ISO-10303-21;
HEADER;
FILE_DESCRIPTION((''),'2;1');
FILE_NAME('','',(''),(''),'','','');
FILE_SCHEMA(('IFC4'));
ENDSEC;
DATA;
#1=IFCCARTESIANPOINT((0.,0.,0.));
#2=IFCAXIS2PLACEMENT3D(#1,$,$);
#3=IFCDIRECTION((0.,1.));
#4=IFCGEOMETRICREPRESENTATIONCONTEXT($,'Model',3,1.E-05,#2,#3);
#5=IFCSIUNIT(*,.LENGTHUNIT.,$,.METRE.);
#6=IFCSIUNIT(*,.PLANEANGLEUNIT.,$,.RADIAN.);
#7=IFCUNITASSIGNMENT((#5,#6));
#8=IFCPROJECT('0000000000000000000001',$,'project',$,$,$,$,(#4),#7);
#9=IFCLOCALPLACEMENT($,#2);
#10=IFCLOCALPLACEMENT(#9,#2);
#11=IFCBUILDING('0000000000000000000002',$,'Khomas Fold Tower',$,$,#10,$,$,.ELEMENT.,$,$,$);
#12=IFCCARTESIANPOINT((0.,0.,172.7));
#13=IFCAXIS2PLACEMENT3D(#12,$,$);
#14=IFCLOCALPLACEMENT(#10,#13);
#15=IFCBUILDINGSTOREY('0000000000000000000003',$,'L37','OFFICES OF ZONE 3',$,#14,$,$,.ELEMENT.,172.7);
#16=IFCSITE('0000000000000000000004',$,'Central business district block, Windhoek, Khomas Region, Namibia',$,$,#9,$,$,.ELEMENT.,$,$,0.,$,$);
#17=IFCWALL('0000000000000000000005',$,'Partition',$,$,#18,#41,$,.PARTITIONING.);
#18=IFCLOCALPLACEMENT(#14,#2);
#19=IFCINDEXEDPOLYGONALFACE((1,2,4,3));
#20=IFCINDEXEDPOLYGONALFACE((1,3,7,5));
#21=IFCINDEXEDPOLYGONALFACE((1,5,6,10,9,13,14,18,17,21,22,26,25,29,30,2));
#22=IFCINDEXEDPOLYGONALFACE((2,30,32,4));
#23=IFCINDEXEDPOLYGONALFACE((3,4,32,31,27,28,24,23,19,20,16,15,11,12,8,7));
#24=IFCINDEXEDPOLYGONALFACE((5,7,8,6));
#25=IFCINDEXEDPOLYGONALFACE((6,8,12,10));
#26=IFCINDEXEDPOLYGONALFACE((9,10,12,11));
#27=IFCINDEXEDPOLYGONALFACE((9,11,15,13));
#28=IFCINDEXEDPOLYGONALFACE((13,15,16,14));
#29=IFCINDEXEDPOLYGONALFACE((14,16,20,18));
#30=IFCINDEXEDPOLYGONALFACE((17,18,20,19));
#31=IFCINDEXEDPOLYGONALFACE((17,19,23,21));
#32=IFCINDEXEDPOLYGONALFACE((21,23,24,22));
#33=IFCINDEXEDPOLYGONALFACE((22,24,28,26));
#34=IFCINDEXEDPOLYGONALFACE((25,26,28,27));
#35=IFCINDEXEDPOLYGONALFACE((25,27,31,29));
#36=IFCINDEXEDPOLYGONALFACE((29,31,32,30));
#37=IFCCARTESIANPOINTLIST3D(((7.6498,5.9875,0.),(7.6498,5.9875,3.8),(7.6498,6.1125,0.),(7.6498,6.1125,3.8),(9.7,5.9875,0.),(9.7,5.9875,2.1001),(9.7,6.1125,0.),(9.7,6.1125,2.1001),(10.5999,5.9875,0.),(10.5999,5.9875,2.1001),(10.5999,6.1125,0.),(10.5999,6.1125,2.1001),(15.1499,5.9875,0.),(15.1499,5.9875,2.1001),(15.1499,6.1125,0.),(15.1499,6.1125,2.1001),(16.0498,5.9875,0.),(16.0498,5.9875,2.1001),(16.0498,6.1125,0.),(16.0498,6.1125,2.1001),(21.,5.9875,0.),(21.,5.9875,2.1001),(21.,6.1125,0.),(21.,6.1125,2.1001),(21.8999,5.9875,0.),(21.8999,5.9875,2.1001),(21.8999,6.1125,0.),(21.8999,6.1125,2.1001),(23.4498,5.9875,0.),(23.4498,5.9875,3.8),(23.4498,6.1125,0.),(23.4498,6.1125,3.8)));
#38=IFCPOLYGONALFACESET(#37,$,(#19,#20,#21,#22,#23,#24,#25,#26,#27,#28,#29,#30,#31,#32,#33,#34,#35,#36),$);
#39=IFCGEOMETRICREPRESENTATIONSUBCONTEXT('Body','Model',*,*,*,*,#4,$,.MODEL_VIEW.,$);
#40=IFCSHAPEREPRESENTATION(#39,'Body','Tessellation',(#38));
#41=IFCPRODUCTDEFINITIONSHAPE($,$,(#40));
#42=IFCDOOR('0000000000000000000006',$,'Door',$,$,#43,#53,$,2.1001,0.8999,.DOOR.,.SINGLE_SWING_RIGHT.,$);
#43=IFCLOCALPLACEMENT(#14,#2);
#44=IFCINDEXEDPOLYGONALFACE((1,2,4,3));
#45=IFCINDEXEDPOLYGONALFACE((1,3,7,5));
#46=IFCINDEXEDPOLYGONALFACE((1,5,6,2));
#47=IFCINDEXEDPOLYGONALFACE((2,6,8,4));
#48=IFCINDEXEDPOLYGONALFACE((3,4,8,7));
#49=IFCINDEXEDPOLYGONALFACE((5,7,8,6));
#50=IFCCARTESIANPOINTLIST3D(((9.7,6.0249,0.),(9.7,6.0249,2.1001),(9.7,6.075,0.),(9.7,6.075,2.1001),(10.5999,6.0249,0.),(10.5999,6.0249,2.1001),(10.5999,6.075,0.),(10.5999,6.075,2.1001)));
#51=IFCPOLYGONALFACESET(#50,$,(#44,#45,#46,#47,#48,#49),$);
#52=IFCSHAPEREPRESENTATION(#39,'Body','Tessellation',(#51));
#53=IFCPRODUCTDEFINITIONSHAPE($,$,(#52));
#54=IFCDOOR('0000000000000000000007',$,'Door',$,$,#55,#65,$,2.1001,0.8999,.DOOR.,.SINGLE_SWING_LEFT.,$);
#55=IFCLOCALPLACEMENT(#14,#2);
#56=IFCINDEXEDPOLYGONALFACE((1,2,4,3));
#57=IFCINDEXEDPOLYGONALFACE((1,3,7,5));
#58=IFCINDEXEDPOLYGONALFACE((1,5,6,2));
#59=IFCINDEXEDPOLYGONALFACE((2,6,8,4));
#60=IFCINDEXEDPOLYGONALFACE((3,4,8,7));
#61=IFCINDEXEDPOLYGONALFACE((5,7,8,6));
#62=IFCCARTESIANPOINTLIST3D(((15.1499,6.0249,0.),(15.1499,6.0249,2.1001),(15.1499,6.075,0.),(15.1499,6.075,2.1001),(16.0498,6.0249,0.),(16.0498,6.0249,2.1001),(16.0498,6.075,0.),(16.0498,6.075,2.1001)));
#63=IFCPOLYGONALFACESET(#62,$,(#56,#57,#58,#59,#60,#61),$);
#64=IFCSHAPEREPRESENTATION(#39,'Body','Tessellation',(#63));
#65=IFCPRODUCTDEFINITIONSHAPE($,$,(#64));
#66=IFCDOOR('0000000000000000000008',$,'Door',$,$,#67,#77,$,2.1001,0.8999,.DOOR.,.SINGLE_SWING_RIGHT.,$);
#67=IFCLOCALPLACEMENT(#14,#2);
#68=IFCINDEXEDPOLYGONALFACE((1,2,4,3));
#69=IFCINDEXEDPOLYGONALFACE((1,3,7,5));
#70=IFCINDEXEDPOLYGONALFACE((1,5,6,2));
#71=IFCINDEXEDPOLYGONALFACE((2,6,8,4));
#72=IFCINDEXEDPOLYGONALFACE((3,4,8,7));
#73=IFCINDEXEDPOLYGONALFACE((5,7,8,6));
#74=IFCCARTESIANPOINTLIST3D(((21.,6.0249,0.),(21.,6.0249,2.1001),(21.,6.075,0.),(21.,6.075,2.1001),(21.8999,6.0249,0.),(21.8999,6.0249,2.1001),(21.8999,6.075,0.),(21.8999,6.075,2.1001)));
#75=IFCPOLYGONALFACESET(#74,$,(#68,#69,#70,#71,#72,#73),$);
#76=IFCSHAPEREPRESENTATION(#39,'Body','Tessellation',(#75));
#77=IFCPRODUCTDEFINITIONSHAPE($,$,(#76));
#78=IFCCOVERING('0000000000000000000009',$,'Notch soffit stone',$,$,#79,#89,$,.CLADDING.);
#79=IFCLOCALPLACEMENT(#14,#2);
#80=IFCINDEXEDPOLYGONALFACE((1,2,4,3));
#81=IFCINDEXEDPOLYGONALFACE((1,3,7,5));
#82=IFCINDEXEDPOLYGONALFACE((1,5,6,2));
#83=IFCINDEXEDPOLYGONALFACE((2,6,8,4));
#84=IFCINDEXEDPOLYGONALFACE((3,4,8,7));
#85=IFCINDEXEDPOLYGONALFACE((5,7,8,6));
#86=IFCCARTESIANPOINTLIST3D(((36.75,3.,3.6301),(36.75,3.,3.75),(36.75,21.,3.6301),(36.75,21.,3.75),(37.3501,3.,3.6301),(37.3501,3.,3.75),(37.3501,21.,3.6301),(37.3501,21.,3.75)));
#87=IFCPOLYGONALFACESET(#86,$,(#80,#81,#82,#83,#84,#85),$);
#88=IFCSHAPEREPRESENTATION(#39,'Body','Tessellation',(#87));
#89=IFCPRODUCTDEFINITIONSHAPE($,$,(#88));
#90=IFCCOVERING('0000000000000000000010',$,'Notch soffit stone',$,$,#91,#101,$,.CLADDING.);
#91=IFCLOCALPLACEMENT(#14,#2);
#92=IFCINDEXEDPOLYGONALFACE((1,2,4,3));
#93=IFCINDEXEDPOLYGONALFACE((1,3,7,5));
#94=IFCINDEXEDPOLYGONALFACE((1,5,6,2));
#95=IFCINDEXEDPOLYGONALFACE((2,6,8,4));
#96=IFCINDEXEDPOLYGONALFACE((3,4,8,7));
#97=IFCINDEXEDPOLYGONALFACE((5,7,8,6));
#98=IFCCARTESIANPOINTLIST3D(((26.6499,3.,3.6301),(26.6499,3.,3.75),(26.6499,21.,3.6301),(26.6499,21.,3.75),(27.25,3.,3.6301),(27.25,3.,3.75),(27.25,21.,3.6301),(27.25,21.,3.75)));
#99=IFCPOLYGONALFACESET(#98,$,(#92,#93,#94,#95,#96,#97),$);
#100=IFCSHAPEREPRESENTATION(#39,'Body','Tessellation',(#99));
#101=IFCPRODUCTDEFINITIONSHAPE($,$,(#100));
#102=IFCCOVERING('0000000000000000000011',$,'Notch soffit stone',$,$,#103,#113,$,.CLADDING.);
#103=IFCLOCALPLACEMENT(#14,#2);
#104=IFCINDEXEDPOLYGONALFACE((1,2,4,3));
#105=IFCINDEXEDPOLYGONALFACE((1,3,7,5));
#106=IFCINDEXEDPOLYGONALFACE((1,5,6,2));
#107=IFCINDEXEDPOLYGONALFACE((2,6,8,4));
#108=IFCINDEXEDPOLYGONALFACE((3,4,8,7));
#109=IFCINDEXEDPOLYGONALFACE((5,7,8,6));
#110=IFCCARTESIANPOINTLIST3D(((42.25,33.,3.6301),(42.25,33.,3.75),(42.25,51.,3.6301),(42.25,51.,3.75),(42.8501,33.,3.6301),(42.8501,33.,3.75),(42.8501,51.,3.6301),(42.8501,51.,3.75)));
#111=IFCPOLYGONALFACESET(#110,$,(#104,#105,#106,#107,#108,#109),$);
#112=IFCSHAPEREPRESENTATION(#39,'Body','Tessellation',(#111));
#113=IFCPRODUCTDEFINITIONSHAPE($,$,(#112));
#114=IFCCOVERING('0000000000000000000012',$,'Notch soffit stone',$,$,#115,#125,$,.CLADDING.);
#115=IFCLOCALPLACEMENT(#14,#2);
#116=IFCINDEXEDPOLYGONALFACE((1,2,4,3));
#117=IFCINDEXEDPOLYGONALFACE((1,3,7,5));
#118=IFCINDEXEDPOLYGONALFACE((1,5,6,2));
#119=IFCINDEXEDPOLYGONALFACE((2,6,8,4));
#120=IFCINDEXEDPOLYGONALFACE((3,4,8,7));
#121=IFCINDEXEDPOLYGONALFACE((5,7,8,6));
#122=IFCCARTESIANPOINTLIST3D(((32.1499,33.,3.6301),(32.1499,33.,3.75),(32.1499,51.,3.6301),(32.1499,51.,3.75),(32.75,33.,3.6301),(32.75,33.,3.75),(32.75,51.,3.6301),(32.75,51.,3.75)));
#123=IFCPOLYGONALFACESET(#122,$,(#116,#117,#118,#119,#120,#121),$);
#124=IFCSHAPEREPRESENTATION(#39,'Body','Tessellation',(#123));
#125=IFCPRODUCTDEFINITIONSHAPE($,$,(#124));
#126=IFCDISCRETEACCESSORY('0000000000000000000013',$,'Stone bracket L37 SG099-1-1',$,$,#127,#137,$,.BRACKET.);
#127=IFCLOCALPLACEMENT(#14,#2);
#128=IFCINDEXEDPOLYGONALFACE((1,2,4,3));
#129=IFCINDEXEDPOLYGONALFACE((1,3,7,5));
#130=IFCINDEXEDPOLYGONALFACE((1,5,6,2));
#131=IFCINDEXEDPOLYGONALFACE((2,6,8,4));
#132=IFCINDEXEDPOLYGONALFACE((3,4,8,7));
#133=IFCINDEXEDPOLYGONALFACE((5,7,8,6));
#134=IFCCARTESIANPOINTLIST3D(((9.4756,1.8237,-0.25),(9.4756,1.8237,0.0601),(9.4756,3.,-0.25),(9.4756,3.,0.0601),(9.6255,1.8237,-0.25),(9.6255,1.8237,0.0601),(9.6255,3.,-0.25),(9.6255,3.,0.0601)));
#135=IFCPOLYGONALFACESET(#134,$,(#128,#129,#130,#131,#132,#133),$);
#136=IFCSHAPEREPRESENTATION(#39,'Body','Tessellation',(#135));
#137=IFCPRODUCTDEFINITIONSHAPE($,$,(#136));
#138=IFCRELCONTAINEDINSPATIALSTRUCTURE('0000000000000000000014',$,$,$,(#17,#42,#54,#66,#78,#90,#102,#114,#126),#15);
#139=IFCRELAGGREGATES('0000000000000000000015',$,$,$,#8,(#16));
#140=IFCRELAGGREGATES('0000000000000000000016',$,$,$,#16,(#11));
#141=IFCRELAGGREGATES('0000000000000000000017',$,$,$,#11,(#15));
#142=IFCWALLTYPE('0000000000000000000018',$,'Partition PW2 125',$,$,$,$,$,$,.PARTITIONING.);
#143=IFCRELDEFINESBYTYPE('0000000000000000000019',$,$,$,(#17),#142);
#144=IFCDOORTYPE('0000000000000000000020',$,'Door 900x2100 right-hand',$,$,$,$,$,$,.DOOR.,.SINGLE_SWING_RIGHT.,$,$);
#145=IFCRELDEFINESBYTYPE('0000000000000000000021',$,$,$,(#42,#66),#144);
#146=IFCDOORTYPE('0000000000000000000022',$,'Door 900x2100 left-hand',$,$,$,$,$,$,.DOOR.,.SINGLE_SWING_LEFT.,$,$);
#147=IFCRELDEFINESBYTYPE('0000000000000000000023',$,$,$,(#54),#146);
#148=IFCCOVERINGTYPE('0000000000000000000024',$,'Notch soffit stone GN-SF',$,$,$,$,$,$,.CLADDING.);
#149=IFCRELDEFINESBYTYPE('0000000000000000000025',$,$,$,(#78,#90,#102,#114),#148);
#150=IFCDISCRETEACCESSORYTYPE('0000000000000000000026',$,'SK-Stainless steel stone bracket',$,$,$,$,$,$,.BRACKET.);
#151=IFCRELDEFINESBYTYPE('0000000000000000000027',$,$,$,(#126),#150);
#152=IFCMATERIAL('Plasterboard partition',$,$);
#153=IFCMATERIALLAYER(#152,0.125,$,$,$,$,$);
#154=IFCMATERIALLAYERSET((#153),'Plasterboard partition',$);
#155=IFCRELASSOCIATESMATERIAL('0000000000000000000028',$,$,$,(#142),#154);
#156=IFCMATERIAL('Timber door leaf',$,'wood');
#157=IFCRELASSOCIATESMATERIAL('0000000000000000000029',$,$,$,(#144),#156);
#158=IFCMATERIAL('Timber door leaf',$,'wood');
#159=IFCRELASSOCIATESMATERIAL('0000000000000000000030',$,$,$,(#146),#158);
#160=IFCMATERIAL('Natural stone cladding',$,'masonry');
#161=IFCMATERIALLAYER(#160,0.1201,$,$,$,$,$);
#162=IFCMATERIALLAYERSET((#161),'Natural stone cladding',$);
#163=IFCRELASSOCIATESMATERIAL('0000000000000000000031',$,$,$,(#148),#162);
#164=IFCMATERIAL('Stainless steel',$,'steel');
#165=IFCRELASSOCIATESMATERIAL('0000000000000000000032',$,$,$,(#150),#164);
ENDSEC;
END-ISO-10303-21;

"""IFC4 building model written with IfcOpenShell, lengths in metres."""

from ifc_helpers import new_model, si_unit, direction, frame, frame_2d, origin, origin_2d, place, context, subcontext, project, spatial, polyline, rectangle, outline, extrude, source, transform, mapped, material, layer, layer_set, type_object, element, fill, save


model = new_model("IFC4")

# Units and contexts
model_context = context("Model", 3, precision=1e-05, world=origin(), true_north=direction((0.0, 1.0)))
body_context = subcontext(model_context, "Body", "Model", "MODEL_VIEW")
ifc_project = project(units=[si_unit("LENGTHUNIT", "METRE"), si_unit("PLANEANGLEUNIT", "RADIAN")], contexts=[model_context])

# Site, building, storey
site_placement = place(None, origin())
site = spatial("IfcSite", under=ifc_project, at=site_placement, Name="Central business district block, Windhoek, Khomas Region, Namibia", CompositionType="ELEMENT", RefElevation=0.0)
building_placement = place(site_placement, origin())
building = spatial("IfcBuilding", under=site, at=building_placement, Name="Khomas Fold Tower", CompositionType="ELEMENT")
storey_placement = place(building_placement, frame((0.0, 0.0, 172.7)))
storey = spatial("IfcBuildingStorey", under=building, at=storey_placement, Name="L37", Description="OFFICES OF ZONE 3", CompositionType="ELEMENT", Elevation=172.7)

# Wall, openings, doors
ifc_material_1 = material(Name="Plasterboard partition")
ifc_layer_1 = layer(ifc_material_1, 0.125)
ifc_layer_set_1 = layer_set([ifc_layer_1], Name="Plasterboard partition")
wall_type_1 = type_object("IfcWallType", Name="Partition PW2 125", PredefinedType="PARTITIONING", material=ifc_layer_set_1)
shared_shape_1 = source(origin(), body_context, "Body", "SweptSolid", [
    extrude(rectangle(XDim=15.8, YDim=0.125, at=frame_2d((7.8999, 0.0))), origin(), (0.0, 0.0, 1.0), 3.8),
])
wall_1_placement = place(storey_placement, frame((7.6499, 6.05, 0.0), z_axis=(0.0, 0.0, 1.0), x_axis=(1.0, 0.0, 0.0)))
wall_1 = element("IfcWall", 1, at=wall_1_placement, inside=storey, type_object=wall_type_1, Name="Partition", PredefinedType="PARTITIONING", context=body_context, shape_type="MappedRepresentation", body=[
    mapped(shared_shape_1, transform((0.0, 0.0, 0.0))),
])
shared_shape_2 = source(origin(), body_context, "Body", "SweptSolid", [
    extrude(rectangle(XDim=0.8999, YDim=2.1001, at=frame_2d((0.45, 1.05))), frame((0.0, 0.0725, 0.0), z_axis=(0.0, -1.0, 0.0), x_axis=(1.0, 0.0, 0.0)), (0.0, 0.0, 1.0), 0.145),
])
opening_1_placement = place(wall_1_placement, frame((2.05, 0.0, 0.0)))
opening_1 = element("IfcOpeningElement", 2, at=opening_1_placement, cuts=wall_1, PredefinedType="OPENING", context=body_context, shape_type="MappedRepresentation", body=[
    mapped(shared_shape_2, transform((0.0, 0.0, 0.0))),
])
opening_2_placement = place(wall_1_placement, frame((7.5, 0.0, 0.0)))
opening_2 = element("IfcOpeningElement", 3, at=opening_2_placement, cuts=wall_1, PredefinedType="OPENING", context=body_context, shape_type="MappedRepresentation", body=[
    mapped(shared_shape_2, transform((0.0, 0.0, 0.0))),
])
opening_3_placement = place(wall_1_placement, frame((13.3501, 0.0, 0.0)))
opening_3 = element("IfcOpeningElement", 4, at=opening_3_placement, cuts=wall_1, PredefinedType="OPENING", context=body_context, shape_type="MappedRepresentation", body=[
    mapped(shared_shape_2, transform((0.0, 0.0, 0.0))),
])
ifc_material_2 = material(Name="Timber door leaf", Category="wood")
door_type_1 = type_object("IfcDoorType", Name="Door 900x2100 right-hand", OperationType="SINGLE_SWING_RIGHT", PredefinedType="DOOR", material=ifc_material_2)
shared_shape_3 = source(origin(), body_context, "Body", "SweptSolid", [
    extrude(rectangle(XDim=0.8999, YDim=2.1001, at=frame_2d((0.45, 1.05))), frame((0.0, 0.0249, 0.0), z_axis=(0.0, -1.0, 0.0), x_axis=(1.0, 0.0, 0.0)), (0.0, 0.0, 1.0), 0.05),
])
door_1_placement = place(opening_1_placement, origin())
door_1 = element("IfcDoor", 5, at=door_1_placement, inside=storey, type_object=door_type_1, Name="Door", OperationType="SINGLE_SWING_RIGHT", OverallHeight=2.1001, OverallWidth=0.8999, PredefinedType="DOOR", context=body_context, shape_type="MappedRepresentation", body=[
    mapped(shared_shape_3, transform((0.0, 0.0, 0.0))),
])
fill(opening_1, door_1)
ifc_material_3 = material(Name="Timber door leaf", Category="wood")
door_type_2 = type_object("IfcDoorType", Name="Door 900x2100 left-hand", OperationType="SINGLE_SWING_LEFT", PredefinedType="DOOR", material=ifc_material_3)
door_2_placement = place(opening_2_placement, origin())
door_2 = element("IfcDoor", 6, at=door_2_placement, inside=storey, type_object=door_type_2, Name="Door", OperationType="SINGLE_SWING_LEFT", OverallHeight=2.1001, OverallWidth=0.8999, PredefinedType="DOOR", context=body_context, shape_type="MappedRepresentation", body=[
    mapped(shared_shape_3, transform((0.0, 0.0, 0.0))),
])
fill(opening_2, door_2)
door_3_placement = place(opening_3_placement, origin())
door_3 = element("IfcDoor", 7, at=door_3_placement, inside=storey, type_object=door_type_1, Name="Door", OperationType="SINGLE_SWING_RIGHT", OverallHeight=2.1001, OverallWidth=0.8999, PredefinedType="DOOR", context=body_context, shape_type="MappedRepresentation", body=[
    mapped(shared_shape_3, transform((0.0, 0.0, 0.0))),
])
fill(opening_3, door_3)

# Coverings
ifc_material_4 = material(Name="Natural stone cladding", Category="masonry")
ifc_layer_2 = layer(ifc_material_4, 0.1201)
ifc_layer_set_2 = layer_set([ifc_layer_2], Name="Natural stone cladding")
covering_type = type_object("IfcCoveringType", Name="Notch soffit stone GN-SF", PredefinedType="CLADDING", material=ifc_layer_set_2)
shared_shape_4 = source(origin(), body_context, "Body", "SweptSolid", [
    extrude(outline(polyline([(36.75, 21.0), (36.75, 3.0), (37.3501, 3.0), (37.3501, 21.0), (36.75, 21.0)])), origin(), (0.0, 0.0, 1.0), 0.1199),
])
covering_1_placement = place(storey_placement, frame((0.0, 0.0, 3.6301)))
element("IfcCovering", 8, at=covering_1_placement, inside=storey, type_object=covering_type, Name="Notch soffit stone", PredefinedType="CLADDING", context=body_context, shape_type="MappedRepresentation", body=[
    mapped(shared_shape_4, transform((0.0, 0.0, 0.0))),
])
shared_shape_5 = source(origin(), body_context, "Body", "SweptSolid", [
    extrude(outline(polyline([(27.25, 3.0), (27.25, 21.0), (26.6499, 21.0), (26.6499, 3.0), (27.25, 3.0)])), origin(), (0.0, 0.0, 1.0), 0.1199),
])
covering_2_placement = place(storey_placement, frame((0.0, 0.0, 3.6301)))
element("IfcCovering", 9, at=covering_2_placement, inside=storey, type_object=covering_type, Name="Notch soffit stone", PredefinedType="CLADDING", context=body_context, shape_type="MappedRepresentation", body=[
    mapped(shared_shape_5, transform((0.0, 0.0, 0.0))),
])
shared_shape_6 = source(origin(), body_context, "Body", "SweptSolid", [
    extrude(outline(polyline([(42.25, 51.0), (42.25, 33.0), (42.8501, 33.0), (42.8501, 51.0), (42.25, 51.0)])), origin(), (0.0, 0.0, 1.0), 0.1199),
])
covering_3_placement = place(storey_placement, frame((0.0, 0.0, 3.6301)))
element("IfcCovering", 10, at=covering_3_placement, inside=storey, type_object=covering_type, Name="Notch soffit stone", PredefinedType="CLADDING", context=body_context, shape_type="MappedRepresentation", body=[
    mapped(shared_shape_6, transform((0.0, 0.0, 0.0))),
])
shared_shape_7 = source(origin(), body_context, "Body", "SweptSolid", [
    extrude(outline(polyline([(32.75, 33.0), (32.75, 51.0), (32.1499, 51.0), (32.1499, 33.0), (32.75, 33.0)])), origin(), (0.0, 0.0, 1.0), 0.1199),
])
covering_4_placement = place(storey_placement, frame((0.0, 0.0, 3.6301)))
element("IfcCovering", 11, at=covering_4_placement, inside=storey, type_object=covering_type, Name="Notch soffit stone", PredefinedType="CLADDING", context=body_context, shape_type="MappedRepresentation", body=[
    mapped(shared_shape_7, transform((0.0, 0.0, 0.0))),
])

# Discrete accessory
ifc_material_5 = material(Name="Stainless steel", Category="steel")
discrete_accessory_type = type_object("IfcDiscreteAccessoryType", Name="SK-Stainless steel stone bracket", PredefinedType="BRACKET", material=ifc_material_5)
shared_shape_8 = source(origin(), body_context, "Body", "SweptSolid", [
    extrude(rectangle(XDim=1.1763, YDim=0.1499, at=origin_2d()), origin(), (0.0, 0.0, 1.0), 0.3101),
])
discrete_accessory_placement = place(storey_placement, frame((9.5505, 2.4119, -0.25), z_axis=(0.0, 0.0, 1.0), x_axis=(0.0, -1.0, 0.0)))
element("IfcDiscreteAccessory", 12, at=discrete_accessory_placement, inside=storey, type_object=discrete_accessory_type, Name="Stone bracket L37 SG099-1-1", PredefinedType="BRACKET", context=body_context, shape_type="MappedRepresentation", body=[
    mapped(shared_shape_8, transform((0.0, 0.0, 0.0))),
])

save(model, "model.ifc")
